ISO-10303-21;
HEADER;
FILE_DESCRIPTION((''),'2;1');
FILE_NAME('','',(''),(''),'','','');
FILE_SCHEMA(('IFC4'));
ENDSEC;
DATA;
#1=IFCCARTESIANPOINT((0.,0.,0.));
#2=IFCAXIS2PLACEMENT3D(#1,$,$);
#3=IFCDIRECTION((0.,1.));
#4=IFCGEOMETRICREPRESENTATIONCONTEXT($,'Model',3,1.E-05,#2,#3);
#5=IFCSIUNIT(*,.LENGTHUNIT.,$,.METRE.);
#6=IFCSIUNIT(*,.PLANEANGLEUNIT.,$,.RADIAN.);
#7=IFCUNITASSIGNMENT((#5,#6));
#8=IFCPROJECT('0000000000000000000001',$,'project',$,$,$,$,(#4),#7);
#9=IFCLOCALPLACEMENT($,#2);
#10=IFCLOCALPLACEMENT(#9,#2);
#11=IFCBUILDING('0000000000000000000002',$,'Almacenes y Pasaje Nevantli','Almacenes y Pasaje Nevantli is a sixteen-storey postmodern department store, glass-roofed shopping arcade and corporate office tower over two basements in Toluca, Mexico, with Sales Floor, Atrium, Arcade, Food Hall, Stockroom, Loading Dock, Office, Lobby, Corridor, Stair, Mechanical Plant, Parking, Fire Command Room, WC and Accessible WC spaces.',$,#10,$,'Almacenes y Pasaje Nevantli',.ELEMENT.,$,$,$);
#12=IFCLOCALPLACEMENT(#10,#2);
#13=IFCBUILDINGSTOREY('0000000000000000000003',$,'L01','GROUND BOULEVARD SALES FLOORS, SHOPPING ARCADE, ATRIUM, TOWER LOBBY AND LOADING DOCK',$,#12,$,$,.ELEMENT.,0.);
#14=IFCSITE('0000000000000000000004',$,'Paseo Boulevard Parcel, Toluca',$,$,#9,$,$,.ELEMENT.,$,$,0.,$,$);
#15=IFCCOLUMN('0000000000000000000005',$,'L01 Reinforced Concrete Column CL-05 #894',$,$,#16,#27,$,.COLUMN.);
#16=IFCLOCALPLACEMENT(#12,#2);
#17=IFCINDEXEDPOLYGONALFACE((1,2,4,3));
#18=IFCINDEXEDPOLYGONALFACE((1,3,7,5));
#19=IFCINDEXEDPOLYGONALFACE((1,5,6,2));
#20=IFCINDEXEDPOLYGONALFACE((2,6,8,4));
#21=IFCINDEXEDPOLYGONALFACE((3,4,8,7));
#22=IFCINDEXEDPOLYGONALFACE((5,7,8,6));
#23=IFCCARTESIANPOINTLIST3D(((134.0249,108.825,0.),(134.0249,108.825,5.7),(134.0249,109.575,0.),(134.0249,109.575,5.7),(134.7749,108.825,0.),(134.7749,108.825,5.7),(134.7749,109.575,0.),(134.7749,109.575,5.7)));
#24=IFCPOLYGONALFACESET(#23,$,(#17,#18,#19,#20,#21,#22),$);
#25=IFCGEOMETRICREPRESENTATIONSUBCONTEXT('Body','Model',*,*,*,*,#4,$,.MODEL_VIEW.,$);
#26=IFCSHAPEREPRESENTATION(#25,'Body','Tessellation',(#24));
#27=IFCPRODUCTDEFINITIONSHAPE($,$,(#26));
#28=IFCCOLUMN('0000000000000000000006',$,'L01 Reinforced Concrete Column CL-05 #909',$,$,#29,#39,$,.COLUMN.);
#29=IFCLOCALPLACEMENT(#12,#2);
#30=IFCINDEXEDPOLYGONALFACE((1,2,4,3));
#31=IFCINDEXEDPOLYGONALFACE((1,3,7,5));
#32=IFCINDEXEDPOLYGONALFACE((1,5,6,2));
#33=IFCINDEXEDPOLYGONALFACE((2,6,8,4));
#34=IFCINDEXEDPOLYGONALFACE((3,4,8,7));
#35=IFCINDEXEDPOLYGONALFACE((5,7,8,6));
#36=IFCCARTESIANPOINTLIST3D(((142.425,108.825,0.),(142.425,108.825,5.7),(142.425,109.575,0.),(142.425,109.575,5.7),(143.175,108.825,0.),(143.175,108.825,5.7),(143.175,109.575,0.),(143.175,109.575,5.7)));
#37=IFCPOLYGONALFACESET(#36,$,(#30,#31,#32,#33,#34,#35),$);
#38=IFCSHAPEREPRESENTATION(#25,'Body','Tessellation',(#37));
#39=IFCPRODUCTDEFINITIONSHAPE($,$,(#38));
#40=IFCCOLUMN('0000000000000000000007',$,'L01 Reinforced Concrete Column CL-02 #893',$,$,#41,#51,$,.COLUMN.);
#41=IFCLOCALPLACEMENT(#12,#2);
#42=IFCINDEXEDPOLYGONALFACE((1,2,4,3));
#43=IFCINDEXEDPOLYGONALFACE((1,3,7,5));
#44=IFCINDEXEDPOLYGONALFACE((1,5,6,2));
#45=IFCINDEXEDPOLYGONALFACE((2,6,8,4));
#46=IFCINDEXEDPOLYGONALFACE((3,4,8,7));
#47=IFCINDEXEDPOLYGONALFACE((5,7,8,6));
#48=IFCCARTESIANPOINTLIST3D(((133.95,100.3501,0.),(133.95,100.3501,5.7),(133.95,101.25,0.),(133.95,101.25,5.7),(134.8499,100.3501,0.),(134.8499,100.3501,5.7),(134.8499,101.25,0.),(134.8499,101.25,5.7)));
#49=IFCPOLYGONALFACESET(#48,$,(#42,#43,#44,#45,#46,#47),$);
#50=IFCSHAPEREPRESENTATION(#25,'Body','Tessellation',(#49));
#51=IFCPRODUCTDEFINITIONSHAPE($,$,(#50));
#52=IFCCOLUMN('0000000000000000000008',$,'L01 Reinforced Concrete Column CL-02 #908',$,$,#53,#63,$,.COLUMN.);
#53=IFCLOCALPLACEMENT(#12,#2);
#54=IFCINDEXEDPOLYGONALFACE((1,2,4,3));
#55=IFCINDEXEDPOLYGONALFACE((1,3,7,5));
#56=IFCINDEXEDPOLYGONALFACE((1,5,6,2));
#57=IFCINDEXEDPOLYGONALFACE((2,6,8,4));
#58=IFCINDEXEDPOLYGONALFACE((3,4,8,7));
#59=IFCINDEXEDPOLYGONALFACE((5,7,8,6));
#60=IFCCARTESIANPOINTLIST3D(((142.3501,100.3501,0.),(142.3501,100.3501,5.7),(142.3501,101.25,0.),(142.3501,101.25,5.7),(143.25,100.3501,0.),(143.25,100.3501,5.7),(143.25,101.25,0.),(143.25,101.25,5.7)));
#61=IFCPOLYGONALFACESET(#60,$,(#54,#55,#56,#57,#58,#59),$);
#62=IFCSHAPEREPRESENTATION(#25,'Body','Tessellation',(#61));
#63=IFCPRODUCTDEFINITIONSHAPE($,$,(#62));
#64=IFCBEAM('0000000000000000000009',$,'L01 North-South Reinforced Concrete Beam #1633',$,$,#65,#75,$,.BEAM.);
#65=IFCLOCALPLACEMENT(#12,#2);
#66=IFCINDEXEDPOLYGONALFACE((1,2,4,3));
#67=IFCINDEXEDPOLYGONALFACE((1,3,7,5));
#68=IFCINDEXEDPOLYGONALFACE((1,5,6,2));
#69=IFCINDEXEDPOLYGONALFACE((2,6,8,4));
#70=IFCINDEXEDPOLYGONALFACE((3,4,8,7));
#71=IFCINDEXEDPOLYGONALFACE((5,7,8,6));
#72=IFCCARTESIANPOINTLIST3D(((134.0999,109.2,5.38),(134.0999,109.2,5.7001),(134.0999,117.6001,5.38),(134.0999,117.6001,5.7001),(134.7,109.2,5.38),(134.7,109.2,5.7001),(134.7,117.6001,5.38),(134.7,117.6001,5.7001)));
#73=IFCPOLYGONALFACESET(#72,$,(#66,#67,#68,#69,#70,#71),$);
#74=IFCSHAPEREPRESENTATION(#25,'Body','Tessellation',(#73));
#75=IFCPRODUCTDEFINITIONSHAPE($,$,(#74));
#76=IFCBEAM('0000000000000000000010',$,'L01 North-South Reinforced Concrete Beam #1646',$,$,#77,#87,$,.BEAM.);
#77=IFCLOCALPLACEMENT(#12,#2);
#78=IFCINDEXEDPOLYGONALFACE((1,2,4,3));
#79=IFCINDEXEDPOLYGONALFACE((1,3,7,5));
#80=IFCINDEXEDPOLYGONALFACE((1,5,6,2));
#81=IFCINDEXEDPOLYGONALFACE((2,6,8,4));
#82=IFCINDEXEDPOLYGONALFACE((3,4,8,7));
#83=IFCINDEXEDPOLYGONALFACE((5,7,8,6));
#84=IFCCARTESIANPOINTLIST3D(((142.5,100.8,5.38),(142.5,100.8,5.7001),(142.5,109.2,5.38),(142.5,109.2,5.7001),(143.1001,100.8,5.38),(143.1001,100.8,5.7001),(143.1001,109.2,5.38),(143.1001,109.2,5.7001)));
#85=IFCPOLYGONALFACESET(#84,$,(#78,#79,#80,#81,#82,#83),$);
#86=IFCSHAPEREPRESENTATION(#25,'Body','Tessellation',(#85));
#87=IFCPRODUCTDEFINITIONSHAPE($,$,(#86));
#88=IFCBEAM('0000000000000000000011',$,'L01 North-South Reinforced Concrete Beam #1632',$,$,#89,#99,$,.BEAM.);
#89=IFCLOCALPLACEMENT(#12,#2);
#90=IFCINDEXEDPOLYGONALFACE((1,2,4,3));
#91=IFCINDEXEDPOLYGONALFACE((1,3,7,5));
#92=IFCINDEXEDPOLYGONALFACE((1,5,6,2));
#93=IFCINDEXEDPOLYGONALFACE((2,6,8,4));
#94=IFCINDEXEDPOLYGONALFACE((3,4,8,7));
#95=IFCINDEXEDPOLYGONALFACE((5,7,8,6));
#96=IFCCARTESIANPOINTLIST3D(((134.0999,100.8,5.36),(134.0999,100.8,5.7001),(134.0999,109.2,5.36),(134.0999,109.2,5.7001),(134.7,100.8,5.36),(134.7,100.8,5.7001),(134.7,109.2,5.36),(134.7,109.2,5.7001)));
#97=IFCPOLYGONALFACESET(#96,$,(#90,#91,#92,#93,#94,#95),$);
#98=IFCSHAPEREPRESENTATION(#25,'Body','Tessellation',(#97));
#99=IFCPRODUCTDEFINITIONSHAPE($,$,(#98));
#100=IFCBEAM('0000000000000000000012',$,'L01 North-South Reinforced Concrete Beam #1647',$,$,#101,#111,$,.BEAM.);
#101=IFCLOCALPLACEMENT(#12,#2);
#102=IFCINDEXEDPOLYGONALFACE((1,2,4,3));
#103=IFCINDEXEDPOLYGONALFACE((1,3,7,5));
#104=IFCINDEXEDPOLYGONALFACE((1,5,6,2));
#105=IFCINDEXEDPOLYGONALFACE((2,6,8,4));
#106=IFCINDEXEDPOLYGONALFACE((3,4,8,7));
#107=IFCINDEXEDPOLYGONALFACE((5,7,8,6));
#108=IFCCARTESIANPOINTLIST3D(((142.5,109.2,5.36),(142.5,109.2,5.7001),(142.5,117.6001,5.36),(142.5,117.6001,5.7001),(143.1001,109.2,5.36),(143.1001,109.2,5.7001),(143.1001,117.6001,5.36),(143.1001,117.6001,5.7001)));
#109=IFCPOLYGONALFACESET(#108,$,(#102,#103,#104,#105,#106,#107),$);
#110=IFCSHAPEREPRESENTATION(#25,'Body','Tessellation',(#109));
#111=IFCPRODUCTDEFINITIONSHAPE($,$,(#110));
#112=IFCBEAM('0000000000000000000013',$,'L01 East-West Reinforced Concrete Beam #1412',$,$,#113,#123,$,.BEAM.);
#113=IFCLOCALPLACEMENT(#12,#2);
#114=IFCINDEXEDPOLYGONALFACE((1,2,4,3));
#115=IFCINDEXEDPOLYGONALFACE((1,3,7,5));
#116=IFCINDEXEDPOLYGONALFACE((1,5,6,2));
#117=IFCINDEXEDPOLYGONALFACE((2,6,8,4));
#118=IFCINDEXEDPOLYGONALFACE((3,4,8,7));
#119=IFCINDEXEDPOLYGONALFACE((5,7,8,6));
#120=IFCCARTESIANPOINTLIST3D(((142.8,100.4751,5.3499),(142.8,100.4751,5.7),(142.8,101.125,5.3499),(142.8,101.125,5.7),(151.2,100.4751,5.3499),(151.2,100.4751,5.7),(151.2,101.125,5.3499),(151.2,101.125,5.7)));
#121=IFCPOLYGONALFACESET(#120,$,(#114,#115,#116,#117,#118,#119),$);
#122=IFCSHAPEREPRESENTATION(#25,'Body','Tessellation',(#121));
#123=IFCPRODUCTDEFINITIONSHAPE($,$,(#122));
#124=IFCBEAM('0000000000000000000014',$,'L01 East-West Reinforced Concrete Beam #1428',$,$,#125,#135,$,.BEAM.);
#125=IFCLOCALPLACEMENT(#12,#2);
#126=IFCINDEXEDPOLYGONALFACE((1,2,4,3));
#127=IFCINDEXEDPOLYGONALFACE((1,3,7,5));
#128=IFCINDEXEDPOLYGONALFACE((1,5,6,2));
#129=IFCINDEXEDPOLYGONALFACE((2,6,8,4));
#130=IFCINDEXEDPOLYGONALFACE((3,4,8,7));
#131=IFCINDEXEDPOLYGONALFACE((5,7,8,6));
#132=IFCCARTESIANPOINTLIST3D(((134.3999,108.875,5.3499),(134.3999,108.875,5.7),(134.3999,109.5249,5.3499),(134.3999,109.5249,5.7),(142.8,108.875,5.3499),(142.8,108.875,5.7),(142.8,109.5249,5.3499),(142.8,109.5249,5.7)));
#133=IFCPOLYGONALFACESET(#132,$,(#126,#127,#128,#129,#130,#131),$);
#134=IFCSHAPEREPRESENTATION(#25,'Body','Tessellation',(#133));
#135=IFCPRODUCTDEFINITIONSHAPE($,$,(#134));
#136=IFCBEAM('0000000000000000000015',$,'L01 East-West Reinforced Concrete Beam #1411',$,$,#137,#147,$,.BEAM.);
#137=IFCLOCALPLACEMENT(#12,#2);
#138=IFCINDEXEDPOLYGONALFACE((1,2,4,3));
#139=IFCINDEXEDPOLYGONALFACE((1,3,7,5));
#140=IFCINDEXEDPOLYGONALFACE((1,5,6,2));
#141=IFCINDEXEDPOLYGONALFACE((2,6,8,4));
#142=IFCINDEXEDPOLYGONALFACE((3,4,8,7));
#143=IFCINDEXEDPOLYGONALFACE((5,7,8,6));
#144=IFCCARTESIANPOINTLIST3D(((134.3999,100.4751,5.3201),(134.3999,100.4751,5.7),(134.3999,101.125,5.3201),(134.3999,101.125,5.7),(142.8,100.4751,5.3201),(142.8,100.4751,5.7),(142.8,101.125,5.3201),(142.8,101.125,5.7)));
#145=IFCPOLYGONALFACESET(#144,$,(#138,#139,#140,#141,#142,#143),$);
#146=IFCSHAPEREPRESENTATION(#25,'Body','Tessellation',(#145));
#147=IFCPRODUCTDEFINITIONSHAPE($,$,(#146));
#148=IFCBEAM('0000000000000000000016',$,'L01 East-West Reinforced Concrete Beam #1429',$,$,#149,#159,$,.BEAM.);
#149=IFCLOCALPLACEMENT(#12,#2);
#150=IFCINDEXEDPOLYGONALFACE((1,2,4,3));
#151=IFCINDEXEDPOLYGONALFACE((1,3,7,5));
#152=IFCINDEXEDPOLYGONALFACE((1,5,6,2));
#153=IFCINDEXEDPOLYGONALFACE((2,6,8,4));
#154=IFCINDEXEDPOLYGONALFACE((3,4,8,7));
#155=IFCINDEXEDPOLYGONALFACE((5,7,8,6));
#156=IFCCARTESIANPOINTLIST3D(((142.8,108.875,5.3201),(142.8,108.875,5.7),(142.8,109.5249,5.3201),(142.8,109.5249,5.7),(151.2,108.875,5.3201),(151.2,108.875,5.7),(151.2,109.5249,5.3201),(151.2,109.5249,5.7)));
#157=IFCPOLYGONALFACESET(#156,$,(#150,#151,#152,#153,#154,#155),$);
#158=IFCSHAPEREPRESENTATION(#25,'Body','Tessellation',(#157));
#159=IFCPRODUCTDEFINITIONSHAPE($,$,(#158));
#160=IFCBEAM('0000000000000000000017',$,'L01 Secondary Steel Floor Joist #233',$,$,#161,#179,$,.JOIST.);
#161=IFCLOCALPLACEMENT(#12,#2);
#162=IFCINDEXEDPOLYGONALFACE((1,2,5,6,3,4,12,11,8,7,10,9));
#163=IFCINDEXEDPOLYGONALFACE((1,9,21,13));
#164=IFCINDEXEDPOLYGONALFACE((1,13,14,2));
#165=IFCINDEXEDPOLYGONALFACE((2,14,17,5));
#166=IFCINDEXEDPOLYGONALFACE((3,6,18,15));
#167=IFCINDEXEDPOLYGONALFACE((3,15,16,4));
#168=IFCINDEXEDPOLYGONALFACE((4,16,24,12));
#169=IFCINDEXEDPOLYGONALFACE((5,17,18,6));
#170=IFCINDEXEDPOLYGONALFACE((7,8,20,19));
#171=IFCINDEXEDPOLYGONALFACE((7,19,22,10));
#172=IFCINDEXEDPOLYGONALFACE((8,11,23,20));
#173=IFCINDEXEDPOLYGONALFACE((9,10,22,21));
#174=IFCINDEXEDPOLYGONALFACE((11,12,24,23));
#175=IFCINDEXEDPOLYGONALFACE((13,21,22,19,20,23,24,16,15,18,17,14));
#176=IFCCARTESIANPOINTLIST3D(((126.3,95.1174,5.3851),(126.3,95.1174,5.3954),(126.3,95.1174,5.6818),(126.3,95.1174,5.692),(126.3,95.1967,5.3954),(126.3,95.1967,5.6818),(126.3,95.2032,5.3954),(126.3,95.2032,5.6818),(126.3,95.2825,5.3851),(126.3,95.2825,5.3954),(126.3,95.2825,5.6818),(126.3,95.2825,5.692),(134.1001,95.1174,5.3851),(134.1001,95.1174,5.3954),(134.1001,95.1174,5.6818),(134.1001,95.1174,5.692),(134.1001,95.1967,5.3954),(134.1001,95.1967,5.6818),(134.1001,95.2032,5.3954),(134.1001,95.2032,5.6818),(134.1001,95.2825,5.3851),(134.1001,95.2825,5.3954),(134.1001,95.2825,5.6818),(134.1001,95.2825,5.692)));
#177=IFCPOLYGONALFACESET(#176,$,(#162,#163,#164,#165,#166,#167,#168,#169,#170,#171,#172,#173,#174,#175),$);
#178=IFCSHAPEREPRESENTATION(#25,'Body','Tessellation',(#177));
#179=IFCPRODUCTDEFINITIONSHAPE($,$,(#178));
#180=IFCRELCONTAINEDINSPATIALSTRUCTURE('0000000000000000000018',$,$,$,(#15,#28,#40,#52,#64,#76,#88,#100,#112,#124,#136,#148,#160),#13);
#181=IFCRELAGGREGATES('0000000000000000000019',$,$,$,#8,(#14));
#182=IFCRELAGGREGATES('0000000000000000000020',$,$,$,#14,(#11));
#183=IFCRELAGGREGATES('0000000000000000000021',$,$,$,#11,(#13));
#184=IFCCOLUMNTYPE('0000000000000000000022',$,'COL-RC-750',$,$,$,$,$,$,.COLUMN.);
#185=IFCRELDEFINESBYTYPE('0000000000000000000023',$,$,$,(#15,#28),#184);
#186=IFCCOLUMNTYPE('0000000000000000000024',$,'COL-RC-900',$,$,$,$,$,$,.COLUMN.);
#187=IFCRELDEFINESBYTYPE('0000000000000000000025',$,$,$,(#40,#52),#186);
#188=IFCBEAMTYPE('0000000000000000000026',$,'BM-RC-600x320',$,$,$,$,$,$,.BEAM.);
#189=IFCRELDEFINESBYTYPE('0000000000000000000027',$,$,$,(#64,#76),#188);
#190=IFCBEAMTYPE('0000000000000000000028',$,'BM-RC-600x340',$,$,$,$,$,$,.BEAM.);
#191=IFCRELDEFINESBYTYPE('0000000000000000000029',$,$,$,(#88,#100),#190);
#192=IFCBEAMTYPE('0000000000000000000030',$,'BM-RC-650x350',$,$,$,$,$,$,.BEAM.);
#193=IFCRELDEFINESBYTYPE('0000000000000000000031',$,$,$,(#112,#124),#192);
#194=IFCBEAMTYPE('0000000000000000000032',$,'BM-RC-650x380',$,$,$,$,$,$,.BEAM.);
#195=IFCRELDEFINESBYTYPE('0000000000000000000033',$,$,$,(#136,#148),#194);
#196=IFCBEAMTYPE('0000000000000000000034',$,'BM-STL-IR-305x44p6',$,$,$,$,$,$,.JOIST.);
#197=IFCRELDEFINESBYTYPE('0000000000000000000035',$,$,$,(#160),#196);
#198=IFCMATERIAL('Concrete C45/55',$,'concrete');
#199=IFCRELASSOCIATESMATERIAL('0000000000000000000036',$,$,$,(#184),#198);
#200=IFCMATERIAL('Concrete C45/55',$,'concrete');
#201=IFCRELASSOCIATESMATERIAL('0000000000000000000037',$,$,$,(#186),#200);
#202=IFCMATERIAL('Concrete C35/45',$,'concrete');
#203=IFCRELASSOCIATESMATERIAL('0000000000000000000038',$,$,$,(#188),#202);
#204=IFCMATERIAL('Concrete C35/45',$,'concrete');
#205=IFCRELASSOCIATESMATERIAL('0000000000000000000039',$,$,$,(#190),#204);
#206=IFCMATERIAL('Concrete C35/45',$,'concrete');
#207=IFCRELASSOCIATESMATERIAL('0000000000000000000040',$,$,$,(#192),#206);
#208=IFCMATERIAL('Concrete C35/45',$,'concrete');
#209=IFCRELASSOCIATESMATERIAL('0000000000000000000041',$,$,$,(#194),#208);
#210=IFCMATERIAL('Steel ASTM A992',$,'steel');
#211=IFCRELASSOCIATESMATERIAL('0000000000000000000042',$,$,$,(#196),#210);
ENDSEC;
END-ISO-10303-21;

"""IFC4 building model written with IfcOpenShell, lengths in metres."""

from ifc_helpers import new_model, si_unit, direction, frame, origin, origin_2d, place, context, subcontext, project, spatial, rectangle, i_section, extrude, material, material_profile, profile_set, type_object, element, save


model = new_model("IFC4")

# Units and contexts
model_context = context("Model", 3, precision=1e-05, world=origin(), true_north=direction((0.0, 1.0)))
body_context = subcontext(model_context, "Body", "Model", "MODEL_VIEW")
ifc_project = project(units=[si_unit("LENGTHUNIT", "METRE"), si_unit("PLANEANGLEUNIT", "RADIAN")], contexts=[model_context])

# Site, building, storey
site_placement = place(None, origin())
site = spatial("IfcSite", under=ifc_project, at=site_placement, Name="Paseo Boulevard Parcel, Toluca", CompositionType="ELEMENT", RefElevation=0.0)
building_placement = place(site_placement, origin())
building = spatial("IfcBuilding", under=site, at=building_placement, Name="Almacenes y Pasaje Nevantli", Description="Almacenes y Pasaje Nevantli is a sixteen-storey postmodern department store, glass-roofed shopping arcade and corporate office tower over two basements in Toluca, Mexico, with Sales Floor, Atrium, Arcade, Food Hall, Stockroom, Loading Dock, Office, Lobby, Corridor, Stair, Mechanical Plant, Parking, Fire Command Room, WC and Accessible WC spaces.", LongName="Almacenes y Pasaje Nevantli", CompositionType="ELEMENT")
storey_placement = place(building_placement, origin())
storey = spatial("IfcBuildingStorey", under=building, at=storey_placement, Name="L01", Description="GROUND BOULEVARD SALES FLOORS, SHOPPING ARCADE, ATRIUM, TOWER LOBBY AND LOADING DOCK", CompositionType="ELEMENT", Elevation=0.0)

# Columns
ifc_material_1 = material(Name="Concrete C45/55", Category="concrete")
ifc_material_profile_1 = material_profile(ifc_material_1, rectangle(XDim=0.75, YDim=0.75, at=origin_2d()), Name="RC-COL-750x750")
ifc_profile_set_1 = profile_set([ifc_material_profile_1], Name="Concrete C45/55")
column_type_1 = type_object("IfcColumnType", Name="COL-RC-750", PredefinedType="COLUMN", material=ifc_profile_set_1)
for number, where, z_axis, x_axis, name in (
    (1, (134.3999, 109.2, 0.0), (0.0, 0.0, 1.0), (1.0, 0.0, 0.0), "L01 Reinforced Concrete Column CL-05 #894"),
    (2, (142.8, 109.2, 0.0), (0.0, 0.0, 1.0), (1.0, 0.0, 0.0), "L01 Reinforced Concrete Column CL-05 #909"),
):
    element("IfcColumn", number, at=place(storey_placement, frame(where, z_axis=z_axis, x_axis=x_axis)), inside=storey, type_object=column_type_1, Name=name, PredefinedType="COLUMN", context=body_context, shape_type="SweptSolid", body=[
        extrude(rectangle(XDim=0.75, YDim=0.75, at=origin_2d()), origin(), (0.0, 0.0, 1.0), 5.7),
    ])
ifc_material_2 = material(Name="Concrete C45/55", Category="concrete")
ifc_material_profile_2 = material_profile(ifc_material_2, rectangle(XDim=0.8999, YDim=0.8999, at=origin_2d()), Name="RC-COL-900x900")
ifc_profile_set_2 = profile_set([ifc_material_profile_2], Name="Concrete C45/55")
column_type_2 = type_object("IfcColumnType", Name="COL-RC-900", PredefinedType="COLUMN", material=ifc_profile_set_2)
for number, where, z_axis, x_axis, name in (
    (3, (134.3999, 100.8, 0.0), (0.0, 0.0, 1.0), (1.0, 0.0, 0.0), "L01 Reinforced Concrete Column CL-02 #893"),
    (4, (142.8, 100.8, 0.0), (0.0, 0.0, 1.0), (1.0, 0.0, 0.0), "L01 Reinforced Concrete Column CL-02 #908"),
):
    element("IfcColumn", number, at=place(storey_placement, frame(where, z_axis=z_axis, x_axis=x_axis)), inside=storey, type_object=column_type_2, Name=name, PredefinedType="COLUMN", context=body_context, shape_type="SweptSolid", body=[
        extrude(rectangle(XDim=0.8999, YDim=0.8999, at=origin_2d()), origin(), (0.0, 0.0, 1.0), 5.7),
    ])

# Beams
ifc_material_3 = material(Name="Concrete C35/45", Category="concrete")
ifc_material_profile_3 = material_profile(ifc_material_3, rectangle(XDim=0.6001, YDim=0.3201, at=origin_2d()), Name="RC-BM-600x320")
ifc_profile_set_3 = profile_set([ifc_material_profile_3], Name="Concrete C35/45")
beam_type_1 = type_object("IfcBeamType", Name="BM-RC-600x320", PredefinedType="BEAM", material=ifc_profile_set_3)
beam_1_placement = place(storey_placement, frame((134.3999, 109.2, 5.54), z_axis=(0.0, 1.0, 0.0), x_axis=(-1.0, 0.0, 0.0)))
element("IfcBeam", 5, at=beam_1_placement, inside=storey, type_object=beam_type_1, Name="L01 North-South Reinforced Concrete Beam #1633", PredefinedType="BEAM", context=body_context, shape_type="SweptSolid", body=[
    extrude(rectangle(XDim=0.6001, YDim=0.3201, at=origin_2d()), origin(), (0.0, 0.0, 1.0), 8.4001),
])
beam_2_placement = place(storey_placement, frame((142.8, 100.8, 5.54), z_axis=(0.0, 1.0, 0.0), x_axis=(-1.0, 0.0, 0.0)))
element("IfcBeam", 6, at=beam_2_placement, inside=storey, type_object=beam_type_1, Name="L01 North-South Reinforced Concrete Beam #1646", PredefinedType="BEAM", context=body_context, shape_type="SweptSolid", body=[
    extrude(rectangle(XDim=0.6001, YDim=0.3201, at=origin_2d()), origin(), (0.0, 0.0, 1.0), 8.3999),
])
ifc_material_4 = material(Name="Concrete C35/45", Category="concrete")
ifc_material_profile_4 = material_profile(ifc_material_4, rectangle(XDim=0.6001, YDim=0.3401, at=origin_2d()), Name="RC-BM-600x340")
ifc_profile_set_4 = profile_set([ifc_material_profile_4], Name="Concrete C35/45")
beam_type_2 = type_object("IfcBeamType", Name="BM-RC-600x340", PredefinedType="BEAM", material=ifc_profile_set_4)
beam_3_placement = place(storey_placement, frame((134.3999, 100.8, 5.53), z_axis=(0.0, 1.0, 0.0), x_axis=(-1.0, 0.0, 0.0)))
element("IfcBeam", 7, at=beam_3_placement, inside=storey, type_object=beam_type_2, Name="L01 North-South Reinforced Concrete Beam #1632", PredefinedType="BEAM", context=body_context, shape_type="SweptSolid", body=[
    extrude(rectangle(XDim=0.6001, YDim=0.3401, at=origin_2d()), origin(), (0.0, 0.0, 1.0), 8.3999),
])
beam_4_placement = place(storey_placement, frame((142.8, 109.2, 5.53), z_axis=(0.0, 1.0, 0.0), x_axis=(-1.0, 0.0, 0.0)))
element("IfcBeam", 8, at=beam_4_placement, inside=storey, type_object=beam_type_2, Name="L01 North-South Reinforced Concrete Beam #1647", PredefinedType="BEAM", context=body_context, shape_type="SweptSolid", body=[
    extrude(rectangle(XDim=0.6001, YDim=0.3401, at=origin_2d()), origin(), (0.0, 0.0, 1.0), 8.4001),
])
ifc_material_5 = material(Name="Concrete C35/45", Category="concrete")
ifc_material_profile_5 = material_profile(ifc_material_5, rectangle(XDim=0.6499, YDim=0.3501, at=origin_2d()), Name="RC-BM-650x350")
ifc_profile_set_5 = profile_set([ifc_material_profile_5], Name="Concrete C35/45")
beam_type_3 = type_object("IfcBeamType", Name="BM-RC-650x350", PredefinedType="BEAM", material=ifc_profile_set_5)
beam_5_placement = place(storey_placement, frame((142.8, 100.8, 5.5249), z_axis=(1.0, 0.0, 0.0), x_axis=(0.0, 1.0, 0.0)))
element("IfcBeam", 9, at=beam_5_placement, inside=storey, type_object=beam_type_3, Name="L01 East-West Reinforced Concrete Beam #1412", PredefinedType="BEAM", context=body_context, shape_type="SweptSolid", body=[
    extrude(rectangle(XDim=0.6499, YDim=0.3501, at=origin_2d()), origin(), (0.0, 0.0, 1.0), 8.3999),
])
beam_6_placement = place(storey_placement, frame((134.3999, 109.2, 5.5249), z_axis=(1.0, 0.0, 0.0), x_axis=(0.0, 1.0, 0.0)))
element("IfcBeam", 10, at=beam_6_placement, inside=storey, type_object=beam_type_3, Name="L01 East-West Reinforced Concrete Beam #1428", PredefinedType="BEAM", context=body_context, shape_type="SweptSolid", body=[
    extrude(rectangle(XDim=0.6499, YDim=0.3501, at=origin_2d()), origin(), (0.0, 0.0, 1.0), 8.4001),
])
ifc_material_6 = material(Name="Concrete C35/45", Category="concrete")
ifc_material_profile_6 = material_profile(ifc_material_6, rectangle(XDim=0.6499, YDim=0.3799, at=origin_2d()), Name="RC-BM-650x380")
ifc_profile_set_6 = profile_set([ifc_material_profile_6], Name="Concrete C35/45")
beam_type_4 = type_object("IfcBeamType", Name="BM-RC-650x380", PredefinedType="BEAM", material=ifc_profile_set_6)
beam_7_placement = place(storey_placement, frame((134.3999, 100.8, 5.51), z_axis=(1.0, 0.0, 0.0), x_axis=(0.0, 1.0, 0.0)))
element("IfcBeam", 11, at=beam_7_placement, inside=storey, type_object=beam_type_4, Name="L01 East-West Reinforced Concrete Beam #1411", PredefinedType="BEAM", context=body_context, shape_type="SweptSolid", body=[
    extrude(rectangle(XDim=0.6499, YDim=0.3799, at=origin_2d()), origin(), (0.0, 0.0, 1.0), 8.4001),
])
beam_8_placement = place(storey_placement, frame((142.8, 109.2, 5.51), z_axis=(1.0, 0.0, 0.0), x_axis=(0.0, 1.0, 0.0)))
element("IfcBeam", 12, at=beam_8_placement, inside=storey, type_object=beam_type_4, Name="L01 East-West Reinforced Concrete Beam #1429", PredefinedType="BEAM", context=body_context, shape_type="SweptSolid", body=[
    extrude(rectangle(XDim=0.6499, YDim=0.3799, at=origin_2d()), origin(), (0.0, 0.0, 1.0), 8.3999),
])
ifc_material_7 = material(Name="Steel ASTM A992", Category="steel")
ifc_material_profile_7 = material_profile(ifc_material_7, i_section(OverallWidth=0.165, OverallDepth=0.3069, WebThickness=0.0066, FlangeThickness=0.0103, at=origin_2d()), Name="IR 305x44.6")
ifc_profile_set_7 = profile_set([ifc_material_profile_7], Name="Steel ASTM A992")
beam_type_5 = type_object("IfcBeamType", Name="BM-STL-IR-305x44p6", PredefinedType="JOIST", material=ifc_profile_set_7)
for number, where, z_axis, x_axis, name in (
    (13, (126.3, 95.2, 5.5386), (1.0, 0.0, 0.0), (0.0, 1.0, 0.0), "L01 Secondary Steel Floor Joist #233"),
):
    element("IfcBeam", number, at=place(storey_placement, frame(where, z_axis=z_axis, x_axis=x_axis)), inside=storey, type_object=beam_type_5, Name=name, PredefinedType="JOIST", context=body_context, shape_type="SweptSolid", body=[
        extrude(i_section(OverallWidth=0.165, OverallDepth=0.3069, WebThickness=0.0066, FlangeThickness=0.0103, at=origin_2d()), origin(), (0.0, 0.0, 1.0), 7.8),
    ])

save(model, "model.ifc")
